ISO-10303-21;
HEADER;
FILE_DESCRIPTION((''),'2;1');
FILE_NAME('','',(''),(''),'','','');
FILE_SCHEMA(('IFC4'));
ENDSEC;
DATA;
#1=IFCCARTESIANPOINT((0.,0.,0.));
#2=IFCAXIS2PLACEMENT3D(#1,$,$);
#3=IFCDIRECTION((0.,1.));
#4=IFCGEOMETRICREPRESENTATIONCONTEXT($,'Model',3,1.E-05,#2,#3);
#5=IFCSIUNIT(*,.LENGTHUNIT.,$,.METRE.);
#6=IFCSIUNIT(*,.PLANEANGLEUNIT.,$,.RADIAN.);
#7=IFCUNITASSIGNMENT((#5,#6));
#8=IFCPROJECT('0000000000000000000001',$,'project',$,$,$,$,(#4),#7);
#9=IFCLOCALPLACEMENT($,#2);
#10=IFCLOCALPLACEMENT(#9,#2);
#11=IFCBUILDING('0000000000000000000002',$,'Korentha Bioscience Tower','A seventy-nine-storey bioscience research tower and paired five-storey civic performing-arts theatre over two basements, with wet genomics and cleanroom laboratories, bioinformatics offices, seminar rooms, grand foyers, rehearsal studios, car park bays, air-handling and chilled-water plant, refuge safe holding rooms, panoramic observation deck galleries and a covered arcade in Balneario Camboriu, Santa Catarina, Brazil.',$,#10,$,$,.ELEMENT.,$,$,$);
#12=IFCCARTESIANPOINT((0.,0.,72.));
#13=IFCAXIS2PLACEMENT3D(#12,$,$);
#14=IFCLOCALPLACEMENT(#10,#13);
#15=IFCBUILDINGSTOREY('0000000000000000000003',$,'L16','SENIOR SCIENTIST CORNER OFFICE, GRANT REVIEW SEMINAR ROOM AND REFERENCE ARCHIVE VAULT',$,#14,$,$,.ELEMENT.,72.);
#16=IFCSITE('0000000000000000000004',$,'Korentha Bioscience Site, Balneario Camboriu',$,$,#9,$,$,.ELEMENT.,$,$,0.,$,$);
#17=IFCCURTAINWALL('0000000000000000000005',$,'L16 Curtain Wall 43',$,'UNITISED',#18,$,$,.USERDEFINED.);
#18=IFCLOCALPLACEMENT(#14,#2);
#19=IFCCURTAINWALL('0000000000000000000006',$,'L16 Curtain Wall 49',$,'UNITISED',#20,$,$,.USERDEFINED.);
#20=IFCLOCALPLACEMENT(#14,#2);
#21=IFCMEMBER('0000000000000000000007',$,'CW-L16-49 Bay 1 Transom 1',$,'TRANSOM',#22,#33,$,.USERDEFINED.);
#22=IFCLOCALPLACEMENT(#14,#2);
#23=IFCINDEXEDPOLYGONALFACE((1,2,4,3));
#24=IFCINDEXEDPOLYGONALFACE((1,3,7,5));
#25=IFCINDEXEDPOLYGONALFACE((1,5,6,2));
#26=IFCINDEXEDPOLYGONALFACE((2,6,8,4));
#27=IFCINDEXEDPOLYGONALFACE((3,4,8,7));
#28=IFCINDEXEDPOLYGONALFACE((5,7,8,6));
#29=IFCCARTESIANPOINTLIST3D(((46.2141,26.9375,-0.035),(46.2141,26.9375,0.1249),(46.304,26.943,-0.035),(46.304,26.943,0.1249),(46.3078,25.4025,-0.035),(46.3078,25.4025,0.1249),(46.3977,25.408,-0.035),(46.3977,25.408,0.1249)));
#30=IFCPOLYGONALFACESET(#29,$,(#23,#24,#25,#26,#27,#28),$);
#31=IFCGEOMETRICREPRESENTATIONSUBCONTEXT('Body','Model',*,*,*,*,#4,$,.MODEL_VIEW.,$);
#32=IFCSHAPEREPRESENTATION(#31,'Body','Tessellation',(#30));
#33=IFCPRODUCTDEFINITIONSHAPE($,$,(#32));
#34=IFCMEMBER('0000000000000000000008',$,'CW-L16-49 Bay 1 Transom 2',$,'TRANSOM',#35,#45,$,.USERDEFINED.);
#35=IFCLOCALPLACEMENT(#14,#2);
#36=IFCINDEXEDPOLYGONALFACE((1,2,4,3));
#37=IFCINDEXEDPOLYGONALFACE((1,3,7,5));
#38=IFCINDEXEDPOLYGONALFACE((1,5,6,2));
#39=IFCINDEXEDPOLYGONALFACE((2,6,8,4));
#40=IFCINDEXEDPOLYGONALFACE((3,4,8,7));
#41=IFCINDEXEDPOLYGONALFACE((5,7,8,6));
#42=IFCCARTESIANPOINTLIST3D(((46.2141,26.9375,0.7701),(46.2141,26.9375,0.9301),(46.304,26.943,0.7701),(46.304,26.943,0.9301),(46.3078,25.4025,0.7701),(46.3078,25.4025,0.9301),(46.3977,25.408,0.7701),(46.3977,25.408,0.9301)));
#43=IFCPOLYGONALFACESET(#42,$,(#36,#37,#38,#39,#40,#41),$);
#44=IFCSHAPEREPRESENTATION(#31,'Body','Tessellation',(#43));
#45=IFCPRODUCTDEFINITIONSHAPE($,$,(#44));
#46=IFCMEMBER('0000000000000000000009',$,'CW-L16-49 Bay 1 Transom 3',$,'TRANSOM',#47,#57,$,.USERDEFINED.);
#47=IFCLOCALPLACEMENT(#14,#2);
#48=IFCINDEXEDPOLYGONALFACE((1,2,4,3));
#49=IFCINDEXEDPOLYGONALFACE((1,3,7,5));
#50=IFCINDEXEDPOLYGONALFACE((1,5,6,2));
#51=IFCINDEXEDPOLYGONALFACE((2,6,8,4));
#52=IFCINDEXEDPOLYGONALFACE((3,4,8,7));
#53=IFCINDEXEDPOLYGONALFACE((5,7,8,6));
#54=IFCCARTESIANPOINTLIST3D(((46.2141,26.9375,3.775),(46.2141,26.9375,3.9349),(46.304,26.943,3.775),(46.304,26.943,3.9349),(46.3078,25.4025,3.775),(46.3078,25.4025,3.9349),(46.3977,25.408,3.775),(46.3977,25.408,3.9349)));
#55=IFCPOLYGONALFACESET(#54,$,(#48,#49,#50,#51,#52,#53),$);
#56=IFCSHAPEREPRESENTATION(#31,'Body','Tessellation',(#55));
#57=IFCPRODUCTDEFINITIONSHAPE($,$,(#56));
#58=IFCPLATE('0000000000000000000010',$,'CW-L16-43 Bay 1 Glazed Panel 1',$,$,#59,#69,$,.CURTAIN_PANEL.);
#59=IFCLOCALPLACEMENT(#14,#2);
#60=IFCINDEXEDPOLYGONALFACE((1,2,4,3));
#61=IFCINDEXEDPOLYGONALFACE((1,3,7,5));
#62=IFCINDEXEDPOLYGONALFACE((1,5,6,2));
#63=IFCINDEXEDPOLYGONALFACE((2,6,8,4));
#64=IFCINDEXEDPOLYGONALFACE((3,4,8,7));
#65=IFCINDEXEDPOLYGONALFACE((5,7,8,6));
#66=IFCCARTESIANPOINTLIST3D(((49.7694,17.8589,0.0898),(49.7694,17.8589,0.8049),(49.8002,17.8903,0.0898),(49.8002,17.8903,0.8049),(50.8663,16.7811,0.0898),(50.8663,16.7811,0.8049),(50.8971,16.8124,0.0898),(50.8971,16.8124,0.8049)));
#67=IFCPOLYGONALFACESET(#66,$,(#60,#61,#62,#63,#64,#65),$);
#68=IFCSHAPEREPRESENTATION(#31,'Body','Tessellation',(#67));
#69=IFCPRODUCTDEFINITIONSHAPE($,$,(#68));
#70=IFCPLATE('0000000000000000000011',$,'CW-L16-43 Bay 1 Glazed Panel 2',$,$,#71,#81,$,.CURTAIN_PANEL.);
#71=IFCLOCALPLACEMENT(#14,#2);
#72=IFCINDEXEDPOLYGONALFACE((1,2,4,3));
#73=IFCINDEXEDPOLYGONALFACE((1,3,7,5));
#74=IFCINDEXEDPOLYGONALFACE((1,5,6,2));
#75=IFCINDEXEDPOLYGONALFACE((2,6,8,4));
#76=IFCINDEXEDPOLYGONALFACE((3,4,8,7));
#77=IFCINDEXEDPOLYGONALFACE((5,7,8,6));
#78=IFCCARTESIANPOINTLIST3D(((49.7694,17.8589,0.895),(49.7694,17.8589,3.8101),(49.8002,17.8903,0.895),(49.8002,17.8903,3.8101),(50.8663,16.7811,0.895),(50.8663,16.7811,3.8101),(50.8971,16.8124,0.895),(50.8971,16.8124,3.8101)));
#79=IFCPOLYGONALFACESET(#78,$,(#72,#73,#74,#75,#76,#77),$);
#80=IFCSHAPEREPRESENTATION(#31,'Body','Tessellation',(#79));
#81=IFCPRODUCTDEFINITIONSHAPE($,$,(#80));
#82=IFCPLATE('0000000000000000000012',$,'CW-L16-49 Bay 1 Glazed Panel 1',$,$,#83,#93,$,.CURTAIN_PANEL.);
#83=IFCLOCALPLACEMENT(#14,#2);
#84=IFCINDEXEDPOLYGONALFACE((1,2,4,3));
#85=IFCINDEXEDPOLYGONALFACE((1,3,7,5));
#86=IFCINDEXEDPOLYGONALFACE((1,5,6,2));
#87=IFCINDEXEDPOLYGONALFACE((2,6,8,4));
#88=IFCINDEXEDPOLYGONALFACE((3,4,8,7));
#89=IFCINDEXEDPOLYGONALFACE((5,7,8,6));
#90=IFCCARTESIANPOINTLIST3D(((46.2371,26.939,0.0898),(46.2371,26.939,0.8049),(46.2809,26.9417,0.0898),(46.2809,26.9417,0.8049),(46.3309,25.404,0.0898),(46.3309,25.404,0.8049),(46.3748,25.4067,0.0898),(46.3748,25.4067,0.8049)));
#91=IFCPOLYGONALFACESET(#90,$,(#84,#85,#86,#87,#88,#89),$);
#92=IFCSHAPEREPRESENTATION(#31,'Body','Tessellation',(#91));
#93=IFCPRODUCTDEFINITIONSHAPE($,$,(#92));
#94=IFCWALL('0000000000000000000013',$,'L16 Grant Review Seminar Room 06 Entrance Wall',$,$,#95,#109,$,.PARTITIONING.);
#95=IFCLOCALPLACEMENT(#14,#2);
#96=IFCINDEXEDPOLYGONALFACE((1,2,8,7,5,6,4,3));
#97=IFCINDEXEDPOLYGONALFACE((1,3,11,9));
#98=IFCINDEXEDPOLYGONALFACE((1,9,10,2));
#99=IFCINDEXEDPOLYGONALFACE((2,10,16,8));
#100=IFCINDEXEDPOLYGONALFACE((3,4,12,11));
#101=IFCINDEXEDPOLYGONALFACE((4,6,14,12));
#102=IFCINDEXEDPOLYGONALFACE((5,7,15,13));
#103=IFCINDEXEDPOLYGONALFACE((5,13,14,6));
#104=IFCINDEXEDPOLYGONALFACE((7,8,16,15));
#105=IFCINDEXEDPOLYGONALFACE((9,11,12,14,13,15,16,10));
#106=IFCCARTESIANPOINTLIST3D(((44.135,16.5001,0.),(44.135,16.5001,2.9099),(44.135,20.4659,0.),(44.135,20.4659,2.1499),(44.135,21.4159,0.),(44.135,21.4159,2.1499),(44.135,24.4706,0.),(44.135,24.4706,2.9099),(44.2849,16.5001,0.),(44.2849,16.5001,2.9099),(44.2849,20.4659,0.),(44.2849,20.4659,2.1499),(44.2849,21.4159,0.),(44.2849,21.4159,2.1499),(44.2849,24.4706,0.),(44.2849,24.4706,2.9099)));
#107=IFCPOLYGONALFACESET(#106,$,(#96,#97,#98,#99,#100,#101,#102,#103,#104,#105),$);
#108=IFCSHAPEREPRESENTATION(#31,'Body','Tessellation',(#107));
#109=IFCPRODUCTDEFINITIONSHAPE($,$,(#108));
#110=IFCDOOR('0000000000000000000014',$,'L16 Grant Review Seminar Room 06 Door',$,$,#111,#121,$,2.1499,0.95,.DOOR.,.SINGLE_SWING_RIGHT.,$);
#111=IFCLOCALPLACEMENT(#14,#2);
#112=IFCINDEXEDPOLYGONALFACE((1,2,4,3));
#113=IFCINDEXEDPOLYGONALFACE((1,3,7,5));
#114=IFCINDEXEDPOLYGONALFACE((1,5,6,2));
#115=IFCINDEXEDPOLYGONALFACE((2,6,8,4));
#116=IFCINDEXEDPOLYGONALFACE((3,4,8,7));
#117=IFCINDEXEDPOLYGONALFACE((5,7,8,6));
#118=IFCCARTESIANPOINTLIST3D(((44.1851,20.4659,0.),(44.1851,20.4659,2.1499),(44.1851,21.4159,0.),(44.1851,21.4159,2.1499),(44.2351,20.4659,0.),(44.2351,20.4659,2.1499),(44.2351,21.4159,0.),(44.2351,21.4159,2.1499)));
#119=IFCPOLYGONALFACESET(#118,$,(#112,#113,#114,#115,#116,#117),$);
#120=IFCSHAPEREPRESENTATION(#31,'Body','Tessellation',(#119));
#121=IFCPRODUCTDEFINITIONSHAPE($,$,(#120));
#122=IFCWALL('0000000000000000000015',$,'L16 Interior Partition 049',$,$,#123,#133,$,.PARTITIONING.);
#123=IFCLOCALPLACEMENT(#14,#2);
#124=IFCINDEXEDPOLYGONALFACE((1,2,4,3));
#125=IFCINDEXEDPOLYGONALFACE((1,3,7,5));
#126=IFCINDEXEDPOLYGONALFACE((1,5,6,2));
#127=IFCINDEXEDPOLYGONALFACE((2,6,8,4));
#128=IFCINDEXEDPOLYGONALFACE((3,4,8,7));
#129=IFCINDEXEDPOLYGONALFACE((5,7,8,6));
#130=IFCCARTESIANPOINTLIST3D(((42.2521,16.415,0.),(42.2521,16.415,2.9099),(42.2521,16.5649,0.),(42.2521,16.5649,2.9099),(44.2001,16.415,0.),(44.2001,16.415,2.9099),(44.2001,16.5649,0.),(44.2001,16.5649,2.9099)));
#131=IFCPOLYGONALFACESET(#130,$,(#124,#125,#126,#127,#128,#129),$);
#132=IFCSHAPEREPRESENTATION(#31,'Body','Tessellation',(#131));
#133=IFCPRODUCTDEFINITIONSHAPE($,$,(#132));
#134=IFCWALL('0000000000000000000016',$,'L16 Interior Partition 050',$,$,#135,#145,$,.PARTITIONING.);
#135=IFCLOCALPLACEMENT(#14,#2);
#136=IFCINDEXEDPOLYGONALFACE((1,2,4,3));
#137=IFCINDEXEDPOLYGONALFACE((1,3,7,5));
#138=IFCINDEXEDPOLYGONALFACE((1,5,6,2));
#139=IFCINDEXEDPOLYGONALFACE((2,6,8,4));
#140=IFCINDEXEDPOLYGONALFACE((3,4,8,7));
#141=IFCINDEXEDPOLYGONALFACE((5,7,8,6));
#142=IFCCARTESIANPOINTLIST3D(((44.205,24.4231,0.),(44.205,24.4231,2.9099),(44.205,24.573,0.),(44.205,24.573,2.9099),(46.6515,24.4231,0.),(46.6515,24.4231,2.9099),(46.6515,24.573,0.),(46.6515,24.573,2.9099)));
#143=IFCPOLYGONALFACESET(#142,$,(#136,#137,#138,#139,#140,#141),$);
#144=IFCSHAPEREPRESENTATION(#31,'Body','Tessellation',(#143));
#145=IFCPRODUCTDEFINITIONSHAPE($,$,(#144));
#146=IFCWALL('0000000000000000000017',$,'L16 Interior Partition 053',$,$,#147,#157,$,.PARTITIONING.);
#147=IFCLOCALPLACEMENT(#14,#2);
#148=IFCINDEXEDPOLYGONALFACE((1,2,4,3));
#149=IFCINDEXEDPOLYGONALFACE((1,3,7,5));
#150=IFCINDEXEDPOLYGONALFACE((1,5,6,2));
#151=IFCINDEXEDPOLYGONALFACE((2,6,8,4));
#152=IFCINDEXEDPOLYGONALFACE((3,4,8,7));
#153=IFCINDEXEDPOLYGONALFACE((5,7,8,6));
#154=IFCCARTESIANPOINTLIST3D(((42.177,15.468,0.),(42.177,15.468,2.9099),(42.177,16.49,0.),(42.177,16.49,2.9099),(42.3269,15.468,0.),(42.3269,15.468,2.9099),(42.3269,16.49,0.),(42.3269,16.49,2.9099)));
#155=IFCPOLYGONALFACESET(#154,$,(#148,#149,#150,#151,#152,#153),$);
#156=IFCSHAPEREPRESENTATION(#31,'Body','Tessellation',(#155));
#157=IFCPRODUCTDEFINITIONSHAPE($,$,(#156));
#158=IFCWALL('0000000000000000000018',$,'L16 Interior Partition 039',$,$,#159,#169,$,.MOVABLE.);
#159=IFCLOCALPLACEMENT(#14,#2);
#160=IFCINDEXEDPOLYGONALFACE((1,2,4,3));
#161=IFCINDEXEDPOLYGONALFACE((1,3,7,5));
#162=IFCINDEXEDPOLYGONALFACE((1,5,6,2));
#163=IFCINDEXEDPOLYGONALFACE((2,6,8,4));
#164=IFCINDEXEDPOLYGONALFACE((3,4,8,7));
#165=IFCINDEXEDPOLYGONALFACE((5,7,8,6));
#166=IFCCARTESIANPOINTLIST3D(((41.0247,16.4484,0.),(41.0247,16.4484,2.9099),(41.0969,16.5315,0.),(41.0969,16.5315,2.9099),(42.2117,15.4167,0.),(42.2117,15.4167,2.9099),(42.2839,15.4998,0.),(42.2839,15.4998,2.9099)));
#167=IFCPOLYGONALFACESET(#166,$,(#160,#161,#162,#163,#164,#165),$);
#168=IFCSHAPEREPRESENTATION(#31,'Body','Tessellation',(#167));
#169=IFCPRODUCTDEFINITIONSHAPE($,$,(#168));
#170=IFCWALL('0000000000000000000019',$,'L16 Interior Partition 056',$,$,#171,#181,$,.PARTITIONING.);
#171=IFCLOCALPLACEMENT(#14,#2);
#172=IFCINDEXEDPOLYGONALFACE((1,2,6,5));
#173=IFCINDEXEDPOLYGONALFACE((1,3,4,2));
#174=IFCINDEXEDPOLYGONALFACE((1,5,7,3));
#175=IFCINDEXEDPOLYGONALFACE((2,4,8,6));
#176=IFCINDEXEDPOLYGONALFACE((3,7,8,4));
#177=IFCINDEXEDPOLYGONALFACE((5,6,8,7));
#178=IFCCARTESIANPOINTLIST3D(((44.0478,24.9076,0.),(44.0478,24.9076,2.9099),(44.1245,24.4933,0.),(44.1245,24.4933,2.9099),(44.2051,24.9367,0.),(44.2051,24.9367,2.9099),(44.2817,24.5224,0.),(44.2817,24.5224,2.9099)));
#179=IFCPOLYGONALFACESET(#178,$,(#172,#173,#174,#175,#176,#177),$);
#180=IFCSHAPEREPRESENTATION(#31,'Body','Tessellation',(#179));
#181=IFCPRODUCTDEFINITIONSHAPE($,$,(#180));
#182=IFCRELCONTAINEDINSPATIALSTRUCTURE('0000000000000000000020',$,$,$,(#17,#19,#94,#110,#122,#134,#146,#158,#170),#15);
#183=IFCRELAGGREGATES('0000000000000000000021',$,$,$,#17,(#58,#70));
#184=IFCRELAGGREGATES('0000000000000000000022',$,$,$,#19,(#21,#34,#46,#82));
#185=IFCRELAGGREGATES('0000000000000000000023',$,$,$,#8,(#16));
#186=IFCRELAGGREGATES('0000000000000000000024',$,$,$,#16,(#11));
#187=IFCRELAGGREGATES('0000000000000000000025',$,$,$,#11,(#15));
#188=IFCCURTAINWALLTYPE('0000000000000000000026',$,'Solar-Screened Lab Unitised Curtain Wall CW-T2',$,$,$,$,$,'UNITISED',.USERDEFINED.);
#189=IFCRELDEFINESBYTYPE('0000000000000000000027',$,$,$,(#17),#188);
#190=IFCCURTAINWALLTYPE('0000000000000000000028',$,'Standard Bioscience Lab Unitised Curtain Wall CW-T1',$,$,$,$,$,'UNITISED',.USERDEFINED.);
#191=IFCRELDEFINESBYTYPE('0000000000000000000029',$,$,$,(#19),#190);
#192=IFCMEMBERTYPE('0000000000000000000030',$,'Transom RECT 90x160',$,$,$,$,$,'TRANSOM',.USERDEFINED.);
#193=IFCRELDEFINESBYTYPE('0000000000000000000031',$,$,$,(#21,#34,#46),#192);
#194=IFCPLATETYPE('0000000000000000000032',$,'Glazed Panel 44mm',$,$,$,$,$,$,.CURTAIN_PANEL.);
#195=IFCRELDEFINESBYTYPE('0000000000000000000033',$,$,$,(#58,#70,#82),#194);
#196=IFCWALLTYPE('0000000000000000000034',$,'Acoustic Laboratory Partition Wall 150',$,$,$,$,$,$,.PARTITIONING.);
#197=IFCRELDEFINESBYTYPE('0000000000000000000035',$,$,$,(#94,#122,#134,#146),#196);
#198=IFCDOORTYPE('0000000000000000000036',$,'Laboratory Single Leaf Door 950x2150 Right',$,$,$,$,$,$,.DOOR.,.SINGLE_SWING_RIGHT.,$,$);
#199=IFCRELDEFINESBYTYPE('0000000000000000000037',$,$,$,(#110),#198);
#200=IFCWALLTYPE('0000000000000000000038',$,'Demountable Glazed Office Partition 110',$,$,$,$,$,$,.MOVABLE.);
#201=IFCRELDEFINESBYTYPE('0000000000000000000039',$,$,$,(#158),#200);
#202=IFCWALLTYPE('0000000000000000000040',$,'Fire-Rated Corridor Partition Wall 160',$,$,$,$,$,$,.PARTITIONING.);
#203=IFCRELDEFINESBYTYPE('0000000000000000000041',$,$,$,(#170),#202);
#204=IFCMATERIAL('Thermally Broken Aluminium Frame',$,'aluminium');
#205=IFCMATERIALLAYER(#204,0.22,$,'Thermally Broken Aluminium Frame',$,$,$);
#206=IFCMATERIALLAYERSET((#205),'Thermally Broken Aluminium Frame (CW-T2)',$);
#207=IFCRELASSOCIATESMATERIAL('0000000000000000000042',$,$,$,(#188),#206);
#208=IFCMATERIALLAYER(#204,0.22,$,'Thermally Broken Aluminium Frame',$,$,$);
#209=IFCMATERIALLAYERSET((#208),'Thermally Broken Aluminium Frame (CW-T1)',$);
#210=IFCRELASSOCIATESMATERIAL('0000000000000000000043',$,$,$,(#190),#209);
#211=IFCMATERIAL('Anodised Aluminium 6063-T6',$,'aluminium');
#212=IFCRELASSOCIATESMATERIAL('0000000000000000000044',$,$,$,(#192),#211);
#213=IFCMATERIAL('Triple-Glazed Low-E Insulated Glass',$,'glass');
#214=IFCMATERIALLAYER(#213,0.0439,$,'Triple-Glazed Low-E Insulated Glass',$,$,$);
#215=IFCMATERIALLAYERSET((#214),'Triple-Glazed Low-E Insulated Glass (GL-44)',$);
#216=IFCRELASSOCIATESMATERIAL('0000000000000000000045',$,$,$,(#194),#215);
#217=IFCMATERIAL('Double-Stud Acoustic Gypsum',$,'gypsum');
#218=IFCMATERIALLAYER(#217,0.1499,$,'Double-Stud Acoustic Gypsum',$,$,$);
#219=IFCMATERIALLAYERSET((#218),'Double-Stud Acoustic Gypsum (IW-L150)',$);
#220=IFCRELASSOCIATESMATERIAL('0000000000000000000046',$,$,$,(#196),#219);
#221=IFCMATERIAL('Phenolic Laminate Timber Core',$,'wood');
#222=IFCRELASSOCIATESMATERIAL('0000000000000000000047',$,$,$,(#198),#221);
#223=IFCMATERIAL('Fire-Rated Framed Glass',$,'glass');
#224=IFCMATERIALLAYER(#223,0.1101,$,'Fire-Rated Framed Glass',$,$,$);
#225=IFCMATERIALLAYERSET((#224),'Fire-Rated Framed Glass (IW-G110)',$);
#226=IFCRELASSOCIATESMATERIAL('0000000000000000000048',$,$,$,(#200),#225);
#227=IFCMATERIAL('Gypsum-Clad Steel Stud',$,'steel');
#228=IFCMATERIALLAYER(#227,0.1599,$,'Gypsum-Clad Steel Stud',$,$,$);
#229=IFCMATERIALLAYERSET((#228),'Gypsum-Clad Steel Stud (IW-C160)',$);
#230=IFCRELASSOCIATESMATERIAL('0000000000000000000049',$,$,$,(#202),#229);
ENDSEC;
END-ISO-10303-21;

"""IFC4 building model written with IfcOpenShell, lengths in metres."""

from ifc_helpers import new_model, si_unit, direction, frame, frame_2d, origin, origin_2d, place, context, subcontext, project, spatial, rectangle, extrude, material, layer, layer_set, material_profile, profile_set, type_object, element, fill, aggregate, save


model = new_model("IFC4")

# Units and contexts
model_context = context("Model", 3, precision=1e-05, world=origin(), true_north=direction((0.0, 1.0)))
body_context = subcontext(model_context, "Body", "Model", "MODEL_VIEW")
ifc_project = project(units=[si_unit("LENGTHUNIT", "METRE"), si_unit("PLANEANGLEUNIT", "RADIAN")], contexts=[model_context])

# Site, building, storey
site_placement = place(None, origin())
site = spatial("IfcSite", under=ifc_project, at=site_placement, Name="Korentha Bioscience Site, Balneario Camboriu", CompositionType="ELEMENT", RefElevation=0.0)
building_placement = place(site_placement, origin())
building = spatial("IfcBuilding", under=site, at=building_placement, Name="Korentha Bioscience Tower", Description="A seventy-nine-storey bioscience research tower and paired five-storey civic performing-arts theatre over two basements, with wet genomics and cleanroom laboratories, bioinformatics offices, seminar rooms, grand foyers, rehearsal studios, car park bays, air-handling and chilled-water plant, refuge safe holding rooms, panoramic observation deck galleries and a covered arcade in Balneario Camboriu, Santa Catarina, Brazil.", CompositionType="ELEMENT")
storey_placement = place(building_placement, frame((0.0, 0.0, 72.0)))
storey = spatial("IfcBuildingStorey", under=building, at=storey_placement, Name="L16", Description="SENIOR SCIENTIST CORNER OFFICE, GRANT REVIEW SEMINAR ROOM AND REFERENCE ARCHIVE VAULT", CompositionType="ELEMENT", Elevation=72.0)

# Curtain wall
ifc_material_1 = material(Name="Thermally Broken Aluminium Frame", Category="aluminium")
ifc_layer_1 = layer(ifc_material_1, 0.22, Name="Thermally Broken Aluminium Frame")
ifc_layer_set_1 = layer_set([ifc_layer_1], Name="Thermally Broken Aluminium Frame (CW-T2)")
curtain_wall_type_1 = type_object("IfcCurtainWallType", Name="Solar-Screened Lab Unitised Curtain Wall CW-T2", ElementType="UNITISED", PredefinedType="USERDEFINED", material=ifc_layer_set_1)
curtain_wall_1_placement = place(storey_placement, origin())
curtain_wall_1 = element("IfcCurtainWall", 1, at=curtain_wall_1_placement, inside=storey, type_object=curtain_wall_type_1, Name="L16 Curtain Wall 43", ObjectType="UNITISED", PredefinedType="USERDEFINED")
ifc_material_2 = material(Name="Anodised Aluminium 6063-T6", Category="aluminium")

# Curtain wall
ifc_layer_2 = layer(ifc_material_1, 0.22, Name="Thermally Broken Aluminium Frame")
ifc_layer_set_2 = layer_set([ifc_layer_2], Name="Thermally Broken Aluminium Frame (CW-T1)")
curtain_wall_type_2 = type_object("IfcCurtainWallType", Name="Standard Bioscience Lab Unitised Curtain Wall CW-T1", ElementType="UNITISED", PredefinedType="USERDEFINED", material=ifc_layer_set_2)
curtain_wall_2_placement = place(storey_placement, origin())
curtain_wall_2 = element("IfcCurtainWall", 2, at=curtain_wall_2_placement, inside=storey, type_object=curtain_wall_type_2, Name="L16 Curtain Wall 49", ObjectType="UNITISED", PredefinedType="USERDEFINED")

# Members
ifc_material_profile_1 = material_profile(ifc_material_2, rectangle(XDim=0.0901, YDim=0.1599, at=origin_2d()), Name="Anodised Aluminium 6063-T6")
ifc_profile_set_1 = profile_set([ifc_material_profile_1], Name="Anodised Aluminium 6063-T6 (CW-TRN)")
member_type_1 = type_object("IfcMemberType", Name="Transom RECT 90x160", ElementType="TRANSOM", PredefinedType="USERDEFINED", material=ifc_profile_set_1)
member_1_placement = place(storey_placement, frame((46.3528, 25.4053, 0.0449), z_axis=(-0.060965, 0.99814, 0.0), x_axis=(-0.99814, -0.060965, 0.0)))
member_1 = element("IfcMember", 3, at=member_1_placement, type_object=member_type_1, Name="CW-L16-49 Bay 1 Transom 1", ObjectType="TRANSOM", PredefinedType="USERDEFINED", context=body_context, shape_type="SweptSolid", body=[
    extrude(rectangle(XDim=0.0901, YDim=0.1599, at=origin_2d()), origin(), (0.0, 0.0, 1.0), 1.5378),
])
member_2_placement = place(storey_placement, frame((46.3528, 25.4053, 0.8501), z_axis=(-0.060965, 0.99814, 0.0), x_axis=(-0.99814, -0.060965, 0.0)))
member_2 = element("IfcMember", 4, at=member_2_placement, type_object=member_type_1, Name="CW-L16-49 Bay 1 Transom 2", ObjectType="TRANSOM", PredefinedType="USERDEFINED", context=body_context, shape_type="SweptSolid", body=[
    extrude(rectangle(XDim=0.0901, YDim=0.1599, at=origin_2d()), origin(), (0.0, 0.0, 1.0), 1.5378),
])
member_3_placement = place(storey_placement, frame((46.3528, 25.4053, 3.855), z_axis=(-0.060965, 0.99814, 0.0), x_axis=(-0.99814, -0.060965, 0.0)))
member_3 = element("IfcMember", 5, at=member_3_placement, type_object=member_type_1, Name="CW-L16-49 Bay 1 Transom 3", ObjectType="TRANSOM", PredefinedType="USERDEFINED", context=body_context, shape_type="SweptSolid", body=[
    extrude(rectangle(XDim=0.0901, YDim=0.1599, at=origin_2d()), origin(), (0.0, 0.0, 1.0), 1.5378),
])

# Plates
ifc_material_3 = material(Name="Triple-Glazed Low-E Insulated Glass", Category="glass")
ifc_layer_3 = layer(ifc_material_3, 0.0439, Name="Triple-Glazed Low-E Insulated Glass")
ifc_layer_set_3 = layer_set([ifc_layer_3], Name="Triple-Glazed Low-E Insulated Glass (GL-44)")
plate_type = type_object("IfcPlateType", Name="Glazed Panel 44mm", PredefinedType="CURTAIN_PANEL", material=ifc_layer_set_3)
plate_1_placement = place(storey_placement, frame((50.3333, 17.3357, 0.0898), z_axis=(0.0, 0.0, 1.0), x_axis=(-0.713279, 0.70088, 0.0)))
plate_1 = element("IfcPlate", 6, at=plate_1_placement, type_object=plate_type, Name="CW-L16-43 Bay 1 Glazed Panel 1", PredefinedType="CURTAIN_PANEL", context=body_context, shape_type="SweptSolid", body=[
    extrude(rectangle(XDim=1.5378, YDim=0.0439, at=origin_2d()), origin(), (0.0, 0.0, 1.0), 0.7151),
])
plate_2_placement = place(storey_placement, frame((50.3333, 17.3357, 0.895), z_axis=(0.0, 0.0, 1.0), x_axis=(-0.713279, 0.70088, 0.0)))
plate_2 = element("IfcPlate", 7, at=plate_2_placement, type_object=plate_type, Name="CW-L16-43 Bay 1 Glazed Panel 2", PredefinedType="CURTAIN_PANEL", context=body_context, shape_type="SweptSolid", body=[
    extrude(rectangle(XDim=1.5378, YDim=0.0439, at=origin_2d()), origin(), (0.0, 0.0, 1.0), 2.915),
])
aggregate(curtain_wall_1, [plate_1, plate_2])
plate_3_placement = place(storey_placement, frame((46.3059, 26.1729, 0.0898), z_axis=(0.0, 0.0, 1.0), x_axis=(-0.061008, 0.998137, 0.0)))
plate_3 = element("IfcPlate", 8, at=plate_3_placement, type_object=plate_type, Name="CW-L16-49 Bay 1 Glazed Panel 1", PredefinedType="CURTAIN_PANEL", context=body_context, shape_type="SweptSolid", body=[
    extrude(rectangle(XDim=1.5378, YDim=0.0439, at=origin_2d()), origin(), (0.0, 0.0, 1.0), 0.7151),
])
aggregate(curtain_wall_2, [member_1, member_2, member_3, plate_3])

# Wall, opening, door
ifc_material_4 = material(Name="Double-Stud Acoustic Gypsum", Category="gypsum")
ifc_layer_4 = layer(ifc_material_4, 0.1499, Name="Double-Stud Acoustic Gypsum")
ifc_layer_set_4 = layer_set([ifc_layer_4], Name="Double-Stud Acoustic Gypsum (IW-L150)")
wall_type_1 = type_object("IfcWallType", Name="Acoustic Laboratory Partition Wall 150", PredefinedType="PARTITIONING", material=ifc_layer_set_4)
wall_1_placement = place(storey_placement, frame((44.21, 16.5, 0.0), z_axis=(0.0, 0.0, 1.0), x_axis=(0.0, 1.0, 0.0)))
wall_1 = element("IfcWall", 9, at=wall_1_placement, inside=storey, type_object=wall_type_1, Name="L16 Grant Review Seminar Room 06 Entrance Wall", PredefinedType="PARTITIONING", context=body_context, shape_type="SweptSolid", body=[
    extrude(rectangle(XDim=7.9705, YDim=0.1499, at=frame_2d((3.9854, 0.0))), origin(), (0.0, 0.0, 1.0), 2.9099),
])
opening_placement = place(wall_1_placement, frame((3.9658, 0.0, 0.0)))
opening = element("IfcOpeningElement", 10, at=opening_placement, cuts=wall_1, PredefinedType="OPENING", context=body_context, shape_type="SweptSolid", body=[
    extrude(rectangle(XDim=0.95, YDim=2.1499, at=frame_2d((0.4751, 1.075))), frame((0.0, 0.0898, 0.0), z_axis=(0.0, -1.0, 0.0), x_axis=(1.0, 0.0, 0.0)), (0.0, 0.0, 1.0), 0.1797),
])
ifc_material_5 = material(Name="Phenolic Laminate Timber Core", Category="wood")
door_type = type_object("IfcDoorType", Name="Laboratory Single Leaf Door 950x2150 Right", OperationType="SINGLE_SWING_RIGHT", PredefinedType="DOOR", material=ifc_material_5)
door_placement = place(opening_placement, origin())
door = element("IfcDoor", 11, at=door_placement, inside=storey, type_object=door_type, Name="L16 Grant Review Seminar Room 06 Door", OperationType="SINGLE_SWING_RIGHT", OverallHeight=2.1499, OverallWidth=0.95, PredefinedType="DOOR", context=body_context, shape_type="SweptSolid", body=[
    extrude(rectangle(XDim=0.95, YDim=2.1499, at=frame_2d((0.4751, 1.075))), frame((0.0, 0.0249, 0.0), z_axis=(0.0, -1.0, 0.0), x_axis=(1.0, 0.0, 0.0)), (0.0, 0.0, 1.0), 0.05),
])
fill(opening, door)

# Walls
wall_2_placement = place(storey_placement, frame((42.252, 16.49, 0.0), z_axis=(0.0, 0.0, 1.0), x_axis=(1.0, 0.0, 0.0)))
element("IfcWall", 12, at=wall_2_placement, inside=storey, type_object=wall_type_1, Name="L16 Interior Partition 049", PredefinedType="PARTITIONING", context=body_context, shape_type="SweptSolid", body=[
    extrude(rectangle(XDim=1.948, YDim=0.1499, at=frame_2d((0.9741, 0.0))), origin(), (0.0, 0.0, 1.0), 2.9099),
])
wall_3_placement = place(storey_placement, frame((44.2051, 24.498, 0.0), z_axis=(0.0, 0.0, 1.0), x_axis=(1.0, 0.0, 0.0)))
element("IfcWall", 13, at=wall_3_placement, inside=storey, type_object=wall_type_1, Name="L16 Interior Partition 050", PredefinedType="PARTITIONING", context=body_context, shape_type="SweptSolid", body=[
    extrude(rectangle(XDim=2.4465, YDim=0.1499, at=frame_2d((1.2231, 0.0))), origin(), (0.0, 0.0, 1.0), 2.9099),
])
wall_4_placement = place(storey_placement, frame((42.252, 15.468, 0.0), z_axis=(0.0, 0.0, 1.0), x_axis=(0.0, 1.0, 0.0)))
element("IfcWall", 14, at=wall_4_placement, inside=storey, type_object=wall_type_1, Name="L16 Interior Partition 053", PredefinedType="PARTITIONING", context=body_context, shape_type="SweptSolid", body=[
    extrude(rectangle(XDim=1.022, YDim=0.1499, at=frame_2d((0.511, 0.0))), origin(), (0.0, 0.0, 1.0), 2.9099),
])
ifc_material_6 = material(Name="Fire-Rated Framed Glass", Category="glass")
ifc_layer_5 = layer(ifc_material_6, 0.1101, Name="Fire-Rated Framed Glass")
ifc_layer_set_5 = layer_set([ifc_layer_5], Name="Fire-Rated Framed Glass (IW-G110)")
wall_type_2 = type_object("IfcWallType", Name="Demountable Glazed Office Partition 110", PredefinedType="MOVABLE", material=ifc_layer_set_5)
wall_5_placement = place(storey_placement, frame((41.0608, 16.49, 0.0), z_axis=(0.0, 0.0, 1.0), x_axis=(0.754746, -0.656017, 0.0)))
element("IfcWall", 15, at=wall_5_placement, inside=storey, type_object=wall_type_2, Name="L16 Interior Partition 039", PredefinedType="MOVABLE", context=body_context, shape_type="SweptSolid", body=[
    extrude(rectangle(XDim=1.5728, YDim=0.1101, at=frame_2d((0.7864, 0.0))), origin(), (0.0, 0.0, 1.0), 2.9099),
])
ifc_material_7 = material(Name="Gypsum-Clad Steel Stud", Category="steel")
ifc_layer_6 = layer(ifc_material_7, 0.1599, Name="Gypsum-Clad Steel Stud")
ifc_layer_set_6 = layer_set([ifc_layer_6], Name="Gypsum-Clad Steel Stud (IW-C160)")
wall_type_3 = type_object("IfcWallType", Name="Fire-Rated Corridor Partition Wall 160", PredefinedType="PARTITIONING", material=ifc_layer_set_6)
wall_6_placement = place(storey_placement, frame((44.2031, 24.5078, 0.0), z_axis=(0.0, 0.0, 1.0), x_axis=(-0.181944, 0.983309, 0.0)))
element("IfcWall", 16, at=wall_6_placement, inside=storey, type_object=wall_type_3, Name="L16 Interior Partition 056", PredefinedType="PARTITIONING", context=body_context, shape_type="SweptSolid", body=[
    extrude(rectangle(XDim=0.4214, YDim=0.1599, at=frame_2d((0.2107, 0.0))), origin(), (0.0, 0.0, 1.0), 2.9099),
])

save(model, "model.ifc")
